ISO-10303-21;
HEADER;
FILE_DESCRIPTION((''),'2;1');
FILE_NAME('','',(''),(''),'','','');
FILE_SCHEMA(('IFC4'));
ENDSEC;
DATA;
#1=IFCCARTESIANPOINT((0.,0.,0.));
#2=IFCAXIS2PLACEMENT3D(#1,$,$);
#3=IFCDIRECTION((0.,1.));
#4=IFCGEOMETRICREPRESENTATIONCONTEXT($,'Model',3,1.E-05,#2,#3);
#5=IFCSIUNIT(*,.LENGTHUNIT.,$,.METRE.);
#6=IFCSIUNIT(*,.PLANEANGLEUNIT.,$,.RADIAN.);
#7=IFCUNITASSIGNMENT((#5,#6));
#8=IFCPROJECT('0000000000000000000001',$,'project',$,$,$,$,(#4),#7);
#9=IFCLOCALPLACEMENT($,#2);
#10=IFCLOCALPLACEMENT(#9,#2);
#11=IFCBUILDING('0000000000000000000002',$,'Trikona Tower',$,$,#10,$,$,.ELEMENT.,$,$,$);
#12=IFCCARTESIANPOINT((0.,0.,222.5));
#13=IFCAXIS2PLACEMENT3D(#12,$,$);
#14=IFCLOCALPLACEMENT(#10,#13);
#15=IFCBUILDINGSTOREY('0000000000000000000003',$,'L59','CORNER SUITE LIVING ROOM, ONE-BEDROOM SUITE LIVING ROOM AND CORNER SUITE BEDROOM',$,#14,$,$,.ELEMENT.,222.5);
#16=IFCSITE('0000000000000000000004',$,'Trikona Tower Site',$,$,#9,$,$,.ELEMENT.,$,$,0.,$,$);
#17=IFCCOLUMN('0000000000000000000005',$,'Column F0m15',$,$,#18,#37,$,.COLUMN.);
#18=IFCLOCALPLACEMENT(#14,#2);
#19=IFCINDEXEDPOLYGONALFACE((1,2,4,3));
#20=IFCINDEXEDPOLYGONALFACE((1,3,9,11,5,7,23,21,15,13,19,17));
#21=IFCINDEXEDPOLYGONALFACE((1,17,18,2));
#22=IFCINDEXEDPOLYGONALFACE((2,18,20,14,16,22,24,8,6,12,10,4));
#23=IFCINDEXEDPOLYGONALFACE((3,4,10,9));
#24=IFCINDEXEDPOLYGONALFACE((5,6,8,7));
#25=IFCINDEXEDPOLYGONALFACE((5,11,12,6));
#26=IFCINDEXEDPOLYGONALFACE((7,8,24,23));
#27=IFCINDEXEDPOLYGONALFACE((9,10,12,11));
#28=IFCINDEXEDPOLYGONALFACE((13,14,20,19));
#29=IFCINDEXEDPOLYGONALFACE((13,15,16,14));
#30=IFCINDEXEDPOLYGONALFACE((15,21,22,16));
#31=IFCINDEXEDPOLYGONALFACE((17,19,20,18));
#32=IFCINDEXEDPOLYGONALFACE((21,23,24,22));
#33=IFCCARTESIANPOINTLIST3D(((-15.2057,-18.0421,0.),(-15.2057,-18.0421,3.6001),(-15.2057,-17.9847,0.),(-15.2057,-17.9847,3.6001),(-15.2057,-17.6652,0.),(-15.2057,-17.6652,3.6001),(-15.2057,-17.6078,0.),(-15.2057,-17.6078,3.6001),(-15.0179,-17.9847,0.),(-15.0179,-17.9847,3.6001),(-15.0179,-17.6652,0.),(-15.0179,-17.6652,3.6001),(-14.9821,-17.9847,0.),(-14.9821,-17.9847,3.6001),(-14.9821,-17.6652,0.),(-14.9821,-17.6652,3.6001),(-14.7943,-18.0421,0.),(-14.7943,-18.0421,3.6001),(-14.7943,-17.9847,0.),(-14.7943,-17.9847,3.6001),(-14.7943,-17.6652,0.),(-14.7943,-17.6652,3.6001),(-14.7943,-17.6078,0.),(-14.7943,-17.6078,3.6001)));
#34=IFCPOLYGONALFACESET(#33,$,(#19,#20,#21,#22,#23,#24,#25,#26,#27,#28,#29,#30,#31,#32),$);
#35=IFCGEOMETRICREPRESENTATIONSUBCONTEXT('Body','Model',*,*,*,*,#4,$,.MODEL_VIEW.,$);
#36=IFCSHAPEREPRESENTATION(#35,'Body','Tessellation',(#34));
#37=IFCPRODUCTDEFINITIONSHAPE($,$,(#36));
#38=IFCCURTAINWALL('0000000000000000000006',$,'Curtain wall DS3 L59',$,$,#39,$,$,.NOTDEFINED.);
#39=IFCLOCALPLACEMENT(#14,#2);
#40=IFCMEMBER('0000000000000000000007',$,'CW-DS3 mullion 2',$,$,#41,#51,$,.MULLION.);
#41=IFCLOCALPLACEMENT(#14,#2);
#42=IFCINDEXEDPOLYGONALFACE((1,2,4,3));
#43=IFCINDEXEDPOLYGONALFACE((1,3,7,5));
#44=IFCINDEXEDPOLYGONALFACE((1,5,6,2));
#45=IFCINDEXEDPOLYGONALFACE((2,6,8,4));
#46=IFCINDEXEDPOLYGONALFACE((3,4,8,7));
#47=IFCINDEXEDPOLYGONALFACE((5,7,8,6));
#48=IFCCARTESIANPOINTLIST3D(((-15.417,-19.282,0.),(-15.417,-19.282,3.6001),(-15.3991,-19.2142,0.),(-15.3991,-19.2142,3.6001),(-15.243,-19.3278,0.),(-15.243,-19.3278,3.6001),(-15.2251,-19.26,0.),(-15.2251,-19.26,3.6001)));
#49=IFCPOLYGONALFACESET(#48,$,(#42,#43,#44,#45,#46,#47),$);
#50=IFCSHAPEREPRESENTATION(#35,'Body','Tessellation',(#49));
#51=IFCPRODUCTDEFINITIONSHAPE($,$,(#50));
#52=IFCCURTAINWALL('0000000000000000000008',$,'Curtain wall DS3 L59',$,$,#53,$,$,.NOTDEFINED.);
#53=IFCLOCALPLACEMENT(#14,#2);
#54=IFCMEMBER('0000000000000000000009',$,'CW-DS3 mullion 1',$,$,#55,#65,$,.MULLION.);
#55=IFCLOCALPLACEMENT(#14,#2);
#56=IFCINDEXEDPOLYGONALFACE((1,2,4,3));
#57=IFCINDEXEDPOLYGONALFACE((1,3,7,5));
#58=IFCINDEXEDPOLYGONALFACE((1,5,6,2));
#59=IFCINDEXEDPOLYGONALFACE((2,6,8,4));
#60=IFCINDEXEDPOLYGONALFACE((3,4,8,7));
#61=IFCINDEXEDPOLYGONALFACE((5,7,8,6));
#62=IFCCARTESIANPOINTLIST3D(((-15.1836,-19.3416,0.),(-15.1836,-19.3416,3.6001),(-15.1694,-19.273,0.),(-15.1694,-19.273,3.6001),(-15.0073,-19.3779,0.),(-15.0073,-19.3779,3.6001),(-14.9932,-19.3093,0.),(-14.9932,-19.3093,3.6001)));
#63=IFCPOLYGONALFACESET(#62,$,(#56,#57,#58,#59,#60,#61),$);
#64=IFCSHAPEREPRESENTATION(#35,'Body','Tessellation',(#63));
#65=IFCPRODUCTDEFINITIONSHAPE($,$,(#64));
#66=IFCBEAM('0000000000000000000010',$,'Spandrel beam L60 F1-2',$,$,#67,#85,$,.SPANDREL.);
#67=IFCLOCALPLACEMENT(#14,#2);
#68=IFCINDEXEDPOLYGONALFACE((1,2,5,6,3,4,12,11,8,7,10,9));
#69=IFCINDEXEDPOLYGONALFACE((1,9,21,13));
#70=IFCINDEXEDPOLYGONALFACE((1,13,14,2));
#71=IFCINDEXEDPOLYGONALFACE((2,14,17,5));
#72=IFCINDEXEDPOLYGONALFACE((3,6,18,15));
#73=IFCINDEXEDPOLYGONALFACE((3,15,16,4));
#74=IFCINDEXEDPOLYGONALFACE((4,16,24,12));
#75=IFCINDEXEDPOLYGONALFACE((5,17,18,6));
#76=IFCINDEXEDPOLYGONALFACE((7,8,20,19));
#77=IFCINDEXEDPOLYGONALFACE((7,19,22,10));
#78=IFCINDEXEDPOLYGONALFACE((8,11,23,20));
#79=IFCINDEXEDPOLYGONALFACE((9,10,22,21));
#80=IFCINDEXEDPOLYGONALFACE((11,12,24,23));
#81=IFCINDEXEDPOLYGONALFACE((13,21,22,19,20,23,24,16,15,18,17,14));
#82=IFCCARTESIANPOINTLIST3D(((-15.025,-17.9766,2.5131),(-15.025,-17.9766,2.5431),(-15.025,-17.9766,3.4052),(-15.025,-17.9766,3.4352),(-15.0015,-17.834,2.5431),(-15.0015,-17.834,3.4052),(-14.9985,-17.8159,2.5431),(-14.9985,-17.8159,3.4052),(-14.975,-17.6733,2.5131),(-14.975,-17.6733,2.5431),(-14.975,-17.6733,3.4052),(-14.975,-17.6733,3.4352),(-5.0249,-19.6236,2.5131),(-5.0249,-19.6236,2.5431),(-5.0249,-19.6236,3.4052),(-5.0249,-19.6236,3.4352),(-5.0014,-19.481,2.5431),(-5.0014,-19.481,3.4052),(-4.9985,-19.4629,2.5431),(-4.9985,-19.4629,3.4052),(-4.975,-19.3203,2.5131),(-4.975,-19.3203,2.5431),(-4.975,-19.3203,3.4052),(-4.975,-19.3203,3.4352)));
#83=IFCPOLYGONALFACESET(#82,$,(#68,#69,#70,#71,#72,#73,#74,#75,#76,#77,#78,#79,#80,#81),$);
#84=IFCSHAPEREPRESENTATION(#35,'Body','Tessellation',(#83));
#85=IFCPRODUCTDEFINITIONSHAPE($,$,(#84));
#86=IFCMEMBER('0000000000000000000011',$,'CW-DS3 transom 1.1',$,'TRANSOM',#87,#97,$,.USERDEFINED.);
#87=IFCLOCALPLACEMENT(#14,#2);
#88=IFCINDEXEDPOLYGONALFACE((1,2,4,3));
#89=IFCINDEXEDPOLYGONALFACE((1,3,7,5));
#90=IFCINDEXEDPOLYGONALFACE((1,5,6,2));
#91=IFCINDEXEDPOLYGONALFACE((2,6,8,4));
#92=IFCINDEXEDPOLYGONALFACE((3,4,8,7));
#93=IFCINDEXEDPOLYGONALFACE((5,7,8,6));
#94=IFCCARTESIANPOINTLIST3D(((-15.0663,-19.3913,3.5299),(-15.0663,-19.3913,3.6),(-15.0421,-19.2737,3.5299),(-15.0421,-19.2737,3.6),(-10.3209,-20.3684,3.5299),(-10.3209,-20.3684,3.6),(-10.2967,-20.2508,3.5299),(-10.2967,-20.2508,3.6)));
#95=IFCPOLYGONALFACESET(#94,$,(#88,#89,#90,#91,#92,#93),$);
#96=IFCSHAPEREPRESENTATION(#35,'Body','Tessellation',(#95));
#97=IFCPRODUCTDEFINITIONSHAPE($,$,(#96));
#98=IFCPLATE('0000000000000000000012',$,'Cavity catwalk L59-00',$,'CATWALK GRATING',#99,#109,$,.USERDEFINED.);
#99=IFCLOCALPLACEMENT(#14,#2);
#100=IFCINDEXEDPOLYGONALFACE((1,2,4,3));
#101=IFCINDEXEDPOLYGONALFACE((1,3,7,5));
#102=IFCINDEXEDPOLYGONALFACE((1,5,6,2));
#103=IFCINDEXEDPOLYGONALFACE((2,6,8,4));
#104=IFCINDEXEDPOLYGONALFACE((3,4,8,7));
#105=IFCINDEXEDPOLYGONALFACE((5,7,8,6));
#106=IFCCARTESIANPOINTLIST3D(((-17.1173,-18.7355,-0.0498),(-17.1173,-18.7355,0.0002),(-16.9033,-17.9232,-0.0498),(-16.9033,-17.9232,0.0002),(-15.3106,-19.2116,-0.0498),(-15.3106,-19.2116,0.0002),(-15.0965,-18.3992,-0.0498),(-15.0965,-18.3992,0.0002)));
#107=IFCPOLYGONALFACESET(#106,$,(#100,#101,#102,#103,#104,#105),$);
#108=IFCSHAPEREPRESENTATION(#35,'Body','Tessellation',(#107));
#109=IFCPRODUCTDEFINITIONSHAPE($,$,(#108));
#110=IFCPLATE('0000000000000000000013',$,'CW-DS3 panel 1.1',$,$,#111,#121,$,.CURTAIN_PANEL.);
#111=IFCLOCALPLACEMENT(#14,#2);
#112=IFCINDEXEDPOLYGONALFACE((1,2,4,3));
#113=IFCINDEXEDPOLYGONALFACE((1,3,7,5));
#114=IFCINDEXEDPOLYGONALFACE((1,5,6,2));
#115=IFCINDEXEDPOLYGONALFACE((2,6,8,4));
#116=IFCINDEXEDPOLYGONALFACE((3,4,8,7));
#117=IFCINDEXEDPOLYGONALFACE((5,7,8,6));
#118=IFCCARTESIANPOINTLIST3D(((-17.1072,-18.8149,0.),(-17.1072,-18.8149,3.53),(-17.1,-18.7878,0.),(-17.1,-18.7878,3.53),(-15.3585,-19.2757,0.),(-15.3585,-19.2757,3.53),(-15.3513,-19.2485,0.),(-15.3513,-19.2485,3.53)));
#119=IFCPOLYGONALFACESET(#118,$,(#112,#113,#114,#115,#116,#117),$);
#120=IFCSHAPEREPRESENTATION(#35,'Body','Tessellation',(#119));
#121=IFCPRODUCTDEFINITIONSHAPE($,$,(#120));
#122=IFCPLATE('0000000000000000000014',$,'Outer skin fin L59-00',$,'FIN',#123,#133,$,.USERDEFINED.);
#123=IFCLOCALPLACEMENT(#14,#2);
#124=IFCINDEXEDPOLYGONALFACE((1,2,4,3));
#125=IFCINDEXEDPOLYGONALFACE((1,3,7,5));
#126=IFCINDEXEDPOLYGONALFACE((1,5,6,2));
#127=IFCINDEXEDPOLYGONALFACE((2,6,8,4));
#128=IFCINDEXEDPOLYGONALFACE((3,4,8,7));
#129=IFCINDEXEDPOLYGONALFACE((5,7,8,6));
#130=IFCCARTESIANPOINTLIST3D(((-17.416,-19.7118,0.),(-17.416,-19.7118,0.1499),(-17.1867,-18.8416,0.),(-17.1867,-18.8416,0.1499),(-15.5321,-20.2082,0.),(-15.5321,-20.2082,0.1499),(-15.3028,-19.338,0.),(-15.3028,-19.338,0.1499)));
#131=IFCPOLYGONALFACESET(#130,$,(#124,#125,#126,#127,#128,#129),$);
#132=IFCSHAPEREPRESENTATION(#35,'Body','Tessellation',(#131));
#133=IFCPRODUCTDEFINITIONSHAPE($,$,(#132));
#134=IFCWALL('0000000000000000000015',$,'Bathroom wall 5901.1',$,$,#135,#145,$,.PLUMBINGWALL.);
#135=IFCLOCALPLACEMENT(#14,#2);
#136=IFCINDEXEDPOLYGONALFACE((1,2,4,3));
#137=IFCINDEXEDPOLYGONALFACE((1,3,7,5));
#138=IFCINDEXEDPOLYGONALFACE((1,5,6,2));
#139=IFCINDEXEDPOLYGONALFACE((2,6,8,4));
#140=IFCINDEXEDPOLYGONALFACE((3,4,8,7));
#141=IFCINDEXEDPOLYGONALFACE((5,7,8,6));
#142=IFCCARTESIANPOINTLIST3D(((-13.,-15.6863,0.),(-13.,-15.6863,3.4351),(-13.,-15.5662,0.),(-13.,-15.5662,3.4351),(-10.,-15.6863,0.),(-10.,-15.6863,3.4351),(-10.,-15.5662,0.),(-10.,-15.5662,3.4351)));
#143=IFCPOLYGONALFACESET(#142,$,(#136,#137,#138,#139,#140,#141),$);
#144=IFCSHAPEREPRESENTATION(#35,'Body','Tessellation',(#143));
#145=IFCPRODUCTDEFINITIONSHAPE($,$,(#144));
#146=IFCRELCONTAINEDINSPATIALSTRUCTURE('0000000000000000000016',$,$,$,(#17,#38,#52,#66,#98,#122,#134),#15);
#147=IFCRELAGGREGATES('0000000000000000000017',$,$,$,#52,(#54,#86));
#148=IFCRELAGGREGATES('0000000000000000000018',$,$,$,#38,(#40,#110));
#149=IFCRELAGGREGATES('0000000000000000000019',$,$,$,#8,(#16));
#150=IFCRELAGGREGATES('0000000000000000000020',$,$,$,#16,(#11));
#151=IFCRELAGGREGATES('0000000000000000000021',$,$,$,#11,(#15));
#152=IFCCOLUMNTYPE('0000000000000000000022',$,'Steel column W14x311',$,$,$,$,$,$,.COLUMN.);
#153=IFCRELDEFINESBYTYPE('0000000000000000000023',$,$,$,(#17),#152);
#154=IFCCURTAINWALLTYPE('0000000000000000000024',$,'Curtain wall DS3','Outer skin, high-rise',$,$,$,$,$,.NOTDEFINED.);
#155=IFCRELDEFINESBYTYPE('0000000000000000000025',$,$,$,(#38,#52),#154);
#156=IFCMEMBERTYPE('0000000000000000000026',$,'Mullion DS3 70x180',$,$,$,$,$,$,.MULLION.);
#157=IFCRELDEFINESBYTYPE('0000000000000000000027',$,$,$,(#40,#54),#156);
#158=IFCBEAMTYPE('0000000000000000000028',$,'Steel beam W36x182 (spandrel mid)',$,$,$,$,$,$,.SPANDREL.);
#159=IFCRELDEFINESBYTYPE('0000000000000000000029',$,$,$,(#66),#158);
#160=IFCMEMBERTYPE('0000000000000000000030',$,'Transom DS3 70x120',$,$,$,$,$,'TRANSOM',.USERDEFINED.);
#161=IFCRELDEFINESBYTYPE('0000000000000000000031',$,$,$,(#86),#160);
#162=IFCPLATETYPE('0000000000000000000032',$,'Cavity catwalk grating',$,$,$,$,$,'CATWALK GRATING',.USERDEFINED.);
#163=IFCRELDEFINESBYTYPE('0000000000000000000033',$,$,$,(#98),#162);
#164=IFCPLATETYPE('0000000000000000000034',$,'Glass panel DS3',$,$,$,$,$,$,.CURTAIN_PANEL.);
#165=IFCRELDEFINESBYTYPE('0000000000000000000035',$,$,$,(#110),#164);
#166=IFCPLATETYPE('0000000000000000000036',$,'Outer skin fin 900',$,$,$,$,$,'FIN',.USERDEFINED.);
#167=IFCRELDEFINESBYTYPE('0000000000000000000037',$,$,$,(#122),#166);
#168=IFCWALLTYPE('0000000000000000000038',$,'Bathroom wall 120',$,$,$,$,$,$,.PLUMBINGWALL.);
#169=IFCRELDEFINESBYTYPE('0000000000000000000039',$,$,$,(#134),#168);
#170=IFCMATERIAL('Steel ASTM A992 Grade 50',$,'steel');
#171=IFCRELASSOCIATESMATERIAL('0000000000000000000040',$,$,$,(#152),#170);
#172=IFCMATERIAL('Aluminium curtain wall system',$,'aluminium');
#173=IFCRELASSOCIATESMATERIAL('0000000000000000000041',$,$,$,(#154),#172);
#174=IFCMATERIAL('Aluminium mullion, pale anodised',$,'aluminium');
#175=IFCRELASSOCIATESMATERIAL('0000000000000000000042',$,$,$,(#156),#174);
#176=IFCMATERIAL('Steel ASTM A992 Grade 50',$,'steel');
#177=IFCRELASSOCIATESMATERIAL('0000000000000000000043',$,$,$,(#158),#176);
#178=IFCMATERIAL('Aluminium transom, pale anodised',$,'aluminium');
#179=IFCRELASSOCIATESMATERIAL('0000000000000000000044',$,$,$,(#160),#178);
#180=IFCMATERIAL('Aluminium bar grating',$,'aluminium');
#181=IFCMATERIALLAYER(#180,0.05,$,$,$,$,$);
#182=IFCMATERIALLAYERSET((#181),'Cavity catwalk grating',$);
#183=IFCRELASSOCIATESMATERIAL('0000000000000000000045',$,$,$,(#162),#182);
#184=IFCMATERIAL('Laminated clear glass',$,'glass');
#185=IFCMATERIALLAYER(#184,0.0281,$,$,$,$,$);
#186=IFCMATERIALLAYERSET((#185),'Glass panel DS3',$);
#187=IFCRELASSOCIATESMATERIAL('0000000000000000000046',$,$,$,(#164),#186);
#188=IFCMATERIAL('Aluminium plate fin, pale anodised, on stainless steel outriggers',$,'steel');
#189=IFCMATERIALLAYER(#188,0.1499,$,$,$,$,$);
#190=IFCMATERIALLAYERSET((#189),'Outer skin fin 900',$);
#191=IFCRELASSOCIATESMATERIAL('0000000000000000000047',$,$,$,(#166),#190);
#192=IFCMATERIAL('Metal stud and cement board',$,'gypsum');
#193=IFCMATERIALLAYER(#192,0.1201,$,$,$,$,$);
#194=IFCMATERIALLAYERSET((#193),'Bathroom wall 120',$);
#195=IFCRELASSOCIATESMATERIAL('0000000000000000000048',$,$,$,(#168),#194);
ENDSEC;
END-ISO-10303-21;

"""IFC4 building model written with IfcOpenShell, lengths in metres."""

from ifc_helpers import new_model, si_unit, direction, frame, frame_2d, origin, origin_2d, place, context, subcontext, project, spatial, rectangle, i_section, extrude, material, layer, layer_set, material_profile, profile_set, type_object, element, aggregate, save


model = new_model("IFC4")

# Units and contexts
model_context = context("Model", 3, precision=1e-05, world=origin(), true_north=direction((0.0, 1.0)))
body_context = subcontext(model_context, "Body", "Model", "MODEL_VIEW")
ifc_project = project(units=[si_unit("LENGTHUNIT", "METRE"), si_unit("PLANEANGLEUNIT", "RADIAN")], contexts=[model_context])

# Site, building, storey
site_placement = place(None, origin())
site = spatial("IfcSite", under=ifc_project, at=site_placement, Name="Trikona Tower Site", CompositionType="ELEMENT", RefElevation=0.0)
building_placement = place(site_placement, origin())
building = spatial("IfcBuilding", under=site, at=building_placement, Name="Trikona Tower", CompositionType="ELEMENT")
storey_placement = place(building_placement, frame((0.0, 0.0, 222.5)))
storey = spatial("IfcBuildingStorey", under=building, at=storey_placement, Name="L59", Description="CORNER SUITE LIVING ROOM, ONE-BEDROOM SUITE LIVING ROOM AND CORNER SUITE BEDROOM", CompositionType="ELEMENT", Elevation=222.5)

# Column
ifc_material_1 = material(Name="Steel ASTM A992 Grade 50", Category="steel")
ifc_material_profile_1 = material_profile(ifc_material_1, i_section(OverallWidth=0.4114, OverallDepth=0.4343, WebThickness=0.0359, FlangeThickness=0.0574, at=origin_2d()), Name="W14X311")
ifc_profile_set_1 = profile_set([ifc_material_profile_1], Name="Steel ASTM A992 Grade 50")
column_type = type_object("IfcColumnType", Name="Steel column W14x311", PredefinedType="COLUMN", material=ifc_profile_set_1)
column_placement = place(storey_placement, frame((-15.0, -17.825, 0.0), z_axis=(0.0, 0.0, 1.0), x_axis=(1.0, 0.0, 0.0)))
element("IfcColumn", 1, at=column_placement, inside=storey, type_object=column_type, Name="Column F0m15", PredefinedType="COLUMN", context=body_context, shape_type="SweptSolid", body=[
    extrude(i_section(OverallWidth=0.4114, OverallDepth=0.4343, WebThickness=0.0359, FlangeThickness=0.0574, at=origin_2d()), origin(), (0.0, 0.0, 1.0), 3.6001),
])

# Curtain walls, members
ifc_material_2 = material(Name="Aluminium curtain wall system", Category="aluminium")
curtain_wall_type = type_object("IfcCurtainWallType", Name="Curtain wall DS3", Description="Outer skin, high-rise", PredefinedType="NOTDEFINED", material=ifc_material_2)
curtain_wall_1_placement = place(storey_placement, origin())
curtain_wall_1 = element("IfcCurtainWall", 2, at=curtain_wall_1_placement, inside=storey, type_object=curtain_wall_type, Name="Curtain wall DS3 L59", PredefinedType="NOTDEFINED")
ifc_material_3 = material(Name="Aluminium mullion, pale anodised", Category="aluminium")
ifc_material_profile_2 = material_profile(ifc_material_3, rectangle(XDim=0.0701, YDim=0.1799, at=origin_2d()), Name="MUL-DS3")
ifc_profile_set_2 = profile_set([ifc_material_profile_2], Name="Aluminium mullion, pale anodised")
member_type_1 = type_object("IfcMemberType", Name="Mullion DS3 70x180", PredefinedType="MULLION", material=ifc_profile_set_2)
member_1_placement = place(storey_placement, frame((-15.321, -19.271, 0.0), z_axis=(0.0, 0.0, 1.0), x_axis=(0.254786, 0.966997, 0.0)))
member_1 = element("IfcMember", 3, at=member_1_placement, type_object=member_type_1, Name="CW-DS3 mullion 2", PredefinedType="MULLION", context=body_context, shape_type="SweptSolid", body=[
    extrude(rectangle(XDim=0.0701, YDim=0.1799, at=origin_2d()), origin(), (0.0, 0.0, 1.0), 3.6001),
])
curtain_wall_2_placement = place(storey_placement, origin())
curtain_wall_2 = element("IfcCurtainWall", 4, at=curtain_wall_2_placement, inside=storey, type_object=curtain_wall_type, Name="Curtain wall DS3 L59", PredefinedType="NOTDEFINED")
member_2_placement = place(storey_placement, frame((-15.0884, -19.3254, 0.0), z_axis=(0.0, 0.0, 1.0), x_axis=(0.201653, 0.979457, 0.0)))
member_2 = element("IfcMember", 5, at=member_2_placement, type_object=member_type_1, Name="CW-DS3 mullion 1", PredefinedType="MULLION", context=body_context, shape_type="SweptSolid", body=[
    extrude(rectangle(XDim=0.0701, YDim=0.1799, at=origin_2d()), origin(), (0.0, 0.0, 1.0), 3.6001),
])

# Beam
ifc_material_4 = material(Name="Steel ASTM A992 Grade 50", Category="steel")
ifc_material_profile_3 = material_profile(ifc_material_4, i_section(OverallWidth=0.3074, OverallDepth=0.9221, WebThickness=0.0183, FlangeThickness=0.03, at=origin_2d()), Name="W36X182")
ifc_profile_set_3 = profile_set([ifc_material_profile_3], Name="Steel ASTM A992 Grade 50")
beam_type = type_object("IfcBeamType", Name="Steel beam W36x182 (spandrel mid)", PredefinedType="SPANDREL", material=ifc_profile_set_3)
beam_placement = place(storey_placement, frame((-15.0, -17.825, 2.9741), z_axis=(0.986707, -0.162508, 0.0), x_axis=(0.162508, 0.986707, 0.0)))
element("IfcBeam", 6, at=beam_placement, inside=storey, type_object=beam_type, Name="Spandrel beam L60 F1-2", PredefinedType="SPANDREL", context=body_context, shape_type="SweptSolid", body=[
    extrude(i_section(OverallWidth=0.3074, OverallDepth=0.9221, WebThickness=0.0183, FlangeThickness=0.03, at=origin_2d()), origin(), (0.0, 0.0, 1.0), 10.1348),
])

# Member
ifc_material_5 = material(Name="Aluminium transom, pale anodised", Category="aluminium")
ifc_material_profile_4 = material_profile(ifc_material_5, rectangle(XDim=0.1201, YDim=0.0701, at=origin_2d()), Name="TRN-DS3")
ifc_profile_set_4 = profile_set([ifc_material_profile_4], Name="Aluminium transom, pale anodised")
member_type_2 = type_object("IfcMemberType", Name="Transom DS3 70x120", ElementType="TRANSOM", PredefinedType="USERDEFINED", material=ifc_profile_set_4)
member_3_placement = place(storey_placement, frame((-15.0542, -19.3325, 3.5649), z_axis=(0.979454, -0.201666, 0.0), x_axis=(0.201666, 0.979454, 0.0)))
member_3 = element("IfcMember", 7, at=member_3_placement, type_object=member_type_2, Name="CW-DS3 transom 1.1", ObjectType="TRANSOM", PredefinedType="USERDEFINED", context=body_context, shape_type="SweptSolid", body=[
    extrude(rectangle(XDim=0.1201, YDim=0.0701, at=origin_2d()), origin(), (0.0, 0.0, 1.0), 4.845),
])
aggregate(curtain_wall_2, [member_2, member_3])

# Plates
ifc_material_6 = material(Name="Aluminium bar grating", Category="aluminium")
ifc_layer_1 = layer(ifc_material_6, 0.05)
ifc_layer_set_1 = layer_set([ifc_layer_1], Name="Cavity catwalk grating")
plate_type_1 = type_object("IfcPlateType", Name="Cavity catwalk grating", ElementType="CATWALK GRATING", PredefinedType="USERDEFINED", material=ifc_layer_set_1)
plate_1_placement = place(storey_placement, frame((-16.1069, -18.5674, -0.0498), z_axis=(0.0, 0.0, 1.0), x_axis=(0.966993, -0.254803, 0.0)))
element("IfcPlate", 8, at=plate_1_placement, inside=storey, type_object=plate_type_1, Name="Cavity catwalk L59-00", ObjectType="CATWALK GRATING", PredefinedType="USERDEFINED", context=body_context, shape_type="SweptSolid", body=[
    extrude(rectangle(XDim=1.8684, YDim=0.8401, at=origin_2d()), origin(), (0.0, 0.0, 1.0), 0.05),
])
ifc_material_7 = material(Name="Laminated clear glass", Category="glass")
ifc_layer_2 = layer(ifc_material_7, 0.0281)
ifc_layer_set_2 = layer_set([ifc_layer_2], Name="Glass panel DS3")
plate_type_2 = type_object("IfcPlateType", Name="Glass panel DS3", PredefinedType="CURTAIN_PANEL", material=ifc_layer_set_2)
plate_2_placement = place(storey_placement, frame((-16.2292, -19.0317, 0.0), z_axis=(0.0, 0.0, 1.0), x_axis=(0.966997, -0.254786, 0.0)))
plate_2 = element("IfcPlate", 9, at=plate_2_placement, type_object=plate_type_2, Name="CW-DS3 panel 1.1", PredefinedType="CURTAIN_PANEL", context=body_context, shape_type="SweptSolid", body=[
    extrude(rectangle(XDim=1.8083, YDim=0.0281, at=origin_2d()), origin(), (0.0, 0.0, 1.0), 3.53),
])
aggregate(curtain_wall_1, [member_1, plate_2])
ifc_material_8 = material(Name="Aluminium plate fin, pale anodised, on stainless steel outriggers", Category="steel")
ifc_layer_3 = layer(ifc_material_8, 0.1499)
ifc_layer_set_3 = layer_set([ifc_layer_3], Name="Outer skin fin 900")
plate_type_3 = type_object("IfcPlateType", Name="Outer skin fin 900", ElementType="FIN", PredefinedType="USERDEFINED", material=ifc_layer_set_3)
plate_3_placement = place(storey_placement, frame((-16.3594, -19.5249, 0.0), z_axis=(0.0, 0.0, 1.0), x_axis=(0.966993, -0.254803, 0.0)))
element("IfcPlate", 10, at=plate_3_placement, inside=storey, type_object=plate_type_3, Name="Outer skin fin L59-00", ObjectType="FIN", PredefinedType="USERDEFINED", context=body_context, shape_type="SweptSolid", body=[
    extrude(rectangle(XDim=1.9482, YDim=0.8999, at=origin_2d()), origin(), (0.0, 0.0, 1.0), 0.1499),
])

# Wall
ifc_material_9 = material(Name="Metal stud and cement board", Category="gypsum")
ifc_layer_4 = layer(ifc_material_9, 0.1201)
ifc_layer_set_4 = layer_set([ifc_layer_4], Name="Bathroom wall 120")
wall_type_1 = type_object("IfcWallType", Name="Bathroom wall 120", PredefinedType="PLUMBINGWALL", material=ifc_layer_set_4)
wall_1_placement = place(storey_placement, frame((-13.0, -15.6262, 0.0), z_axis=(0.0, 0.0, 1.0), x_axis=(1.0, 0.0, 0.0)))
element("IfcWall", 11, at=wall_1_placement, inside=storey, type_object=wall_type_1, Name="Bathroom wall 5901.1", PredefinedType="PLUMBINGWALL", context=body_context, shape_type="SweptSolid", body=[
    extrude(rectangle(XDim=3.0, YDim=0.1201, at=frame_2d((1.5, 0.0))), origin(), (0.0, 0.0, 1.0), 3.4351),
])

save(model, "model.ifc")
